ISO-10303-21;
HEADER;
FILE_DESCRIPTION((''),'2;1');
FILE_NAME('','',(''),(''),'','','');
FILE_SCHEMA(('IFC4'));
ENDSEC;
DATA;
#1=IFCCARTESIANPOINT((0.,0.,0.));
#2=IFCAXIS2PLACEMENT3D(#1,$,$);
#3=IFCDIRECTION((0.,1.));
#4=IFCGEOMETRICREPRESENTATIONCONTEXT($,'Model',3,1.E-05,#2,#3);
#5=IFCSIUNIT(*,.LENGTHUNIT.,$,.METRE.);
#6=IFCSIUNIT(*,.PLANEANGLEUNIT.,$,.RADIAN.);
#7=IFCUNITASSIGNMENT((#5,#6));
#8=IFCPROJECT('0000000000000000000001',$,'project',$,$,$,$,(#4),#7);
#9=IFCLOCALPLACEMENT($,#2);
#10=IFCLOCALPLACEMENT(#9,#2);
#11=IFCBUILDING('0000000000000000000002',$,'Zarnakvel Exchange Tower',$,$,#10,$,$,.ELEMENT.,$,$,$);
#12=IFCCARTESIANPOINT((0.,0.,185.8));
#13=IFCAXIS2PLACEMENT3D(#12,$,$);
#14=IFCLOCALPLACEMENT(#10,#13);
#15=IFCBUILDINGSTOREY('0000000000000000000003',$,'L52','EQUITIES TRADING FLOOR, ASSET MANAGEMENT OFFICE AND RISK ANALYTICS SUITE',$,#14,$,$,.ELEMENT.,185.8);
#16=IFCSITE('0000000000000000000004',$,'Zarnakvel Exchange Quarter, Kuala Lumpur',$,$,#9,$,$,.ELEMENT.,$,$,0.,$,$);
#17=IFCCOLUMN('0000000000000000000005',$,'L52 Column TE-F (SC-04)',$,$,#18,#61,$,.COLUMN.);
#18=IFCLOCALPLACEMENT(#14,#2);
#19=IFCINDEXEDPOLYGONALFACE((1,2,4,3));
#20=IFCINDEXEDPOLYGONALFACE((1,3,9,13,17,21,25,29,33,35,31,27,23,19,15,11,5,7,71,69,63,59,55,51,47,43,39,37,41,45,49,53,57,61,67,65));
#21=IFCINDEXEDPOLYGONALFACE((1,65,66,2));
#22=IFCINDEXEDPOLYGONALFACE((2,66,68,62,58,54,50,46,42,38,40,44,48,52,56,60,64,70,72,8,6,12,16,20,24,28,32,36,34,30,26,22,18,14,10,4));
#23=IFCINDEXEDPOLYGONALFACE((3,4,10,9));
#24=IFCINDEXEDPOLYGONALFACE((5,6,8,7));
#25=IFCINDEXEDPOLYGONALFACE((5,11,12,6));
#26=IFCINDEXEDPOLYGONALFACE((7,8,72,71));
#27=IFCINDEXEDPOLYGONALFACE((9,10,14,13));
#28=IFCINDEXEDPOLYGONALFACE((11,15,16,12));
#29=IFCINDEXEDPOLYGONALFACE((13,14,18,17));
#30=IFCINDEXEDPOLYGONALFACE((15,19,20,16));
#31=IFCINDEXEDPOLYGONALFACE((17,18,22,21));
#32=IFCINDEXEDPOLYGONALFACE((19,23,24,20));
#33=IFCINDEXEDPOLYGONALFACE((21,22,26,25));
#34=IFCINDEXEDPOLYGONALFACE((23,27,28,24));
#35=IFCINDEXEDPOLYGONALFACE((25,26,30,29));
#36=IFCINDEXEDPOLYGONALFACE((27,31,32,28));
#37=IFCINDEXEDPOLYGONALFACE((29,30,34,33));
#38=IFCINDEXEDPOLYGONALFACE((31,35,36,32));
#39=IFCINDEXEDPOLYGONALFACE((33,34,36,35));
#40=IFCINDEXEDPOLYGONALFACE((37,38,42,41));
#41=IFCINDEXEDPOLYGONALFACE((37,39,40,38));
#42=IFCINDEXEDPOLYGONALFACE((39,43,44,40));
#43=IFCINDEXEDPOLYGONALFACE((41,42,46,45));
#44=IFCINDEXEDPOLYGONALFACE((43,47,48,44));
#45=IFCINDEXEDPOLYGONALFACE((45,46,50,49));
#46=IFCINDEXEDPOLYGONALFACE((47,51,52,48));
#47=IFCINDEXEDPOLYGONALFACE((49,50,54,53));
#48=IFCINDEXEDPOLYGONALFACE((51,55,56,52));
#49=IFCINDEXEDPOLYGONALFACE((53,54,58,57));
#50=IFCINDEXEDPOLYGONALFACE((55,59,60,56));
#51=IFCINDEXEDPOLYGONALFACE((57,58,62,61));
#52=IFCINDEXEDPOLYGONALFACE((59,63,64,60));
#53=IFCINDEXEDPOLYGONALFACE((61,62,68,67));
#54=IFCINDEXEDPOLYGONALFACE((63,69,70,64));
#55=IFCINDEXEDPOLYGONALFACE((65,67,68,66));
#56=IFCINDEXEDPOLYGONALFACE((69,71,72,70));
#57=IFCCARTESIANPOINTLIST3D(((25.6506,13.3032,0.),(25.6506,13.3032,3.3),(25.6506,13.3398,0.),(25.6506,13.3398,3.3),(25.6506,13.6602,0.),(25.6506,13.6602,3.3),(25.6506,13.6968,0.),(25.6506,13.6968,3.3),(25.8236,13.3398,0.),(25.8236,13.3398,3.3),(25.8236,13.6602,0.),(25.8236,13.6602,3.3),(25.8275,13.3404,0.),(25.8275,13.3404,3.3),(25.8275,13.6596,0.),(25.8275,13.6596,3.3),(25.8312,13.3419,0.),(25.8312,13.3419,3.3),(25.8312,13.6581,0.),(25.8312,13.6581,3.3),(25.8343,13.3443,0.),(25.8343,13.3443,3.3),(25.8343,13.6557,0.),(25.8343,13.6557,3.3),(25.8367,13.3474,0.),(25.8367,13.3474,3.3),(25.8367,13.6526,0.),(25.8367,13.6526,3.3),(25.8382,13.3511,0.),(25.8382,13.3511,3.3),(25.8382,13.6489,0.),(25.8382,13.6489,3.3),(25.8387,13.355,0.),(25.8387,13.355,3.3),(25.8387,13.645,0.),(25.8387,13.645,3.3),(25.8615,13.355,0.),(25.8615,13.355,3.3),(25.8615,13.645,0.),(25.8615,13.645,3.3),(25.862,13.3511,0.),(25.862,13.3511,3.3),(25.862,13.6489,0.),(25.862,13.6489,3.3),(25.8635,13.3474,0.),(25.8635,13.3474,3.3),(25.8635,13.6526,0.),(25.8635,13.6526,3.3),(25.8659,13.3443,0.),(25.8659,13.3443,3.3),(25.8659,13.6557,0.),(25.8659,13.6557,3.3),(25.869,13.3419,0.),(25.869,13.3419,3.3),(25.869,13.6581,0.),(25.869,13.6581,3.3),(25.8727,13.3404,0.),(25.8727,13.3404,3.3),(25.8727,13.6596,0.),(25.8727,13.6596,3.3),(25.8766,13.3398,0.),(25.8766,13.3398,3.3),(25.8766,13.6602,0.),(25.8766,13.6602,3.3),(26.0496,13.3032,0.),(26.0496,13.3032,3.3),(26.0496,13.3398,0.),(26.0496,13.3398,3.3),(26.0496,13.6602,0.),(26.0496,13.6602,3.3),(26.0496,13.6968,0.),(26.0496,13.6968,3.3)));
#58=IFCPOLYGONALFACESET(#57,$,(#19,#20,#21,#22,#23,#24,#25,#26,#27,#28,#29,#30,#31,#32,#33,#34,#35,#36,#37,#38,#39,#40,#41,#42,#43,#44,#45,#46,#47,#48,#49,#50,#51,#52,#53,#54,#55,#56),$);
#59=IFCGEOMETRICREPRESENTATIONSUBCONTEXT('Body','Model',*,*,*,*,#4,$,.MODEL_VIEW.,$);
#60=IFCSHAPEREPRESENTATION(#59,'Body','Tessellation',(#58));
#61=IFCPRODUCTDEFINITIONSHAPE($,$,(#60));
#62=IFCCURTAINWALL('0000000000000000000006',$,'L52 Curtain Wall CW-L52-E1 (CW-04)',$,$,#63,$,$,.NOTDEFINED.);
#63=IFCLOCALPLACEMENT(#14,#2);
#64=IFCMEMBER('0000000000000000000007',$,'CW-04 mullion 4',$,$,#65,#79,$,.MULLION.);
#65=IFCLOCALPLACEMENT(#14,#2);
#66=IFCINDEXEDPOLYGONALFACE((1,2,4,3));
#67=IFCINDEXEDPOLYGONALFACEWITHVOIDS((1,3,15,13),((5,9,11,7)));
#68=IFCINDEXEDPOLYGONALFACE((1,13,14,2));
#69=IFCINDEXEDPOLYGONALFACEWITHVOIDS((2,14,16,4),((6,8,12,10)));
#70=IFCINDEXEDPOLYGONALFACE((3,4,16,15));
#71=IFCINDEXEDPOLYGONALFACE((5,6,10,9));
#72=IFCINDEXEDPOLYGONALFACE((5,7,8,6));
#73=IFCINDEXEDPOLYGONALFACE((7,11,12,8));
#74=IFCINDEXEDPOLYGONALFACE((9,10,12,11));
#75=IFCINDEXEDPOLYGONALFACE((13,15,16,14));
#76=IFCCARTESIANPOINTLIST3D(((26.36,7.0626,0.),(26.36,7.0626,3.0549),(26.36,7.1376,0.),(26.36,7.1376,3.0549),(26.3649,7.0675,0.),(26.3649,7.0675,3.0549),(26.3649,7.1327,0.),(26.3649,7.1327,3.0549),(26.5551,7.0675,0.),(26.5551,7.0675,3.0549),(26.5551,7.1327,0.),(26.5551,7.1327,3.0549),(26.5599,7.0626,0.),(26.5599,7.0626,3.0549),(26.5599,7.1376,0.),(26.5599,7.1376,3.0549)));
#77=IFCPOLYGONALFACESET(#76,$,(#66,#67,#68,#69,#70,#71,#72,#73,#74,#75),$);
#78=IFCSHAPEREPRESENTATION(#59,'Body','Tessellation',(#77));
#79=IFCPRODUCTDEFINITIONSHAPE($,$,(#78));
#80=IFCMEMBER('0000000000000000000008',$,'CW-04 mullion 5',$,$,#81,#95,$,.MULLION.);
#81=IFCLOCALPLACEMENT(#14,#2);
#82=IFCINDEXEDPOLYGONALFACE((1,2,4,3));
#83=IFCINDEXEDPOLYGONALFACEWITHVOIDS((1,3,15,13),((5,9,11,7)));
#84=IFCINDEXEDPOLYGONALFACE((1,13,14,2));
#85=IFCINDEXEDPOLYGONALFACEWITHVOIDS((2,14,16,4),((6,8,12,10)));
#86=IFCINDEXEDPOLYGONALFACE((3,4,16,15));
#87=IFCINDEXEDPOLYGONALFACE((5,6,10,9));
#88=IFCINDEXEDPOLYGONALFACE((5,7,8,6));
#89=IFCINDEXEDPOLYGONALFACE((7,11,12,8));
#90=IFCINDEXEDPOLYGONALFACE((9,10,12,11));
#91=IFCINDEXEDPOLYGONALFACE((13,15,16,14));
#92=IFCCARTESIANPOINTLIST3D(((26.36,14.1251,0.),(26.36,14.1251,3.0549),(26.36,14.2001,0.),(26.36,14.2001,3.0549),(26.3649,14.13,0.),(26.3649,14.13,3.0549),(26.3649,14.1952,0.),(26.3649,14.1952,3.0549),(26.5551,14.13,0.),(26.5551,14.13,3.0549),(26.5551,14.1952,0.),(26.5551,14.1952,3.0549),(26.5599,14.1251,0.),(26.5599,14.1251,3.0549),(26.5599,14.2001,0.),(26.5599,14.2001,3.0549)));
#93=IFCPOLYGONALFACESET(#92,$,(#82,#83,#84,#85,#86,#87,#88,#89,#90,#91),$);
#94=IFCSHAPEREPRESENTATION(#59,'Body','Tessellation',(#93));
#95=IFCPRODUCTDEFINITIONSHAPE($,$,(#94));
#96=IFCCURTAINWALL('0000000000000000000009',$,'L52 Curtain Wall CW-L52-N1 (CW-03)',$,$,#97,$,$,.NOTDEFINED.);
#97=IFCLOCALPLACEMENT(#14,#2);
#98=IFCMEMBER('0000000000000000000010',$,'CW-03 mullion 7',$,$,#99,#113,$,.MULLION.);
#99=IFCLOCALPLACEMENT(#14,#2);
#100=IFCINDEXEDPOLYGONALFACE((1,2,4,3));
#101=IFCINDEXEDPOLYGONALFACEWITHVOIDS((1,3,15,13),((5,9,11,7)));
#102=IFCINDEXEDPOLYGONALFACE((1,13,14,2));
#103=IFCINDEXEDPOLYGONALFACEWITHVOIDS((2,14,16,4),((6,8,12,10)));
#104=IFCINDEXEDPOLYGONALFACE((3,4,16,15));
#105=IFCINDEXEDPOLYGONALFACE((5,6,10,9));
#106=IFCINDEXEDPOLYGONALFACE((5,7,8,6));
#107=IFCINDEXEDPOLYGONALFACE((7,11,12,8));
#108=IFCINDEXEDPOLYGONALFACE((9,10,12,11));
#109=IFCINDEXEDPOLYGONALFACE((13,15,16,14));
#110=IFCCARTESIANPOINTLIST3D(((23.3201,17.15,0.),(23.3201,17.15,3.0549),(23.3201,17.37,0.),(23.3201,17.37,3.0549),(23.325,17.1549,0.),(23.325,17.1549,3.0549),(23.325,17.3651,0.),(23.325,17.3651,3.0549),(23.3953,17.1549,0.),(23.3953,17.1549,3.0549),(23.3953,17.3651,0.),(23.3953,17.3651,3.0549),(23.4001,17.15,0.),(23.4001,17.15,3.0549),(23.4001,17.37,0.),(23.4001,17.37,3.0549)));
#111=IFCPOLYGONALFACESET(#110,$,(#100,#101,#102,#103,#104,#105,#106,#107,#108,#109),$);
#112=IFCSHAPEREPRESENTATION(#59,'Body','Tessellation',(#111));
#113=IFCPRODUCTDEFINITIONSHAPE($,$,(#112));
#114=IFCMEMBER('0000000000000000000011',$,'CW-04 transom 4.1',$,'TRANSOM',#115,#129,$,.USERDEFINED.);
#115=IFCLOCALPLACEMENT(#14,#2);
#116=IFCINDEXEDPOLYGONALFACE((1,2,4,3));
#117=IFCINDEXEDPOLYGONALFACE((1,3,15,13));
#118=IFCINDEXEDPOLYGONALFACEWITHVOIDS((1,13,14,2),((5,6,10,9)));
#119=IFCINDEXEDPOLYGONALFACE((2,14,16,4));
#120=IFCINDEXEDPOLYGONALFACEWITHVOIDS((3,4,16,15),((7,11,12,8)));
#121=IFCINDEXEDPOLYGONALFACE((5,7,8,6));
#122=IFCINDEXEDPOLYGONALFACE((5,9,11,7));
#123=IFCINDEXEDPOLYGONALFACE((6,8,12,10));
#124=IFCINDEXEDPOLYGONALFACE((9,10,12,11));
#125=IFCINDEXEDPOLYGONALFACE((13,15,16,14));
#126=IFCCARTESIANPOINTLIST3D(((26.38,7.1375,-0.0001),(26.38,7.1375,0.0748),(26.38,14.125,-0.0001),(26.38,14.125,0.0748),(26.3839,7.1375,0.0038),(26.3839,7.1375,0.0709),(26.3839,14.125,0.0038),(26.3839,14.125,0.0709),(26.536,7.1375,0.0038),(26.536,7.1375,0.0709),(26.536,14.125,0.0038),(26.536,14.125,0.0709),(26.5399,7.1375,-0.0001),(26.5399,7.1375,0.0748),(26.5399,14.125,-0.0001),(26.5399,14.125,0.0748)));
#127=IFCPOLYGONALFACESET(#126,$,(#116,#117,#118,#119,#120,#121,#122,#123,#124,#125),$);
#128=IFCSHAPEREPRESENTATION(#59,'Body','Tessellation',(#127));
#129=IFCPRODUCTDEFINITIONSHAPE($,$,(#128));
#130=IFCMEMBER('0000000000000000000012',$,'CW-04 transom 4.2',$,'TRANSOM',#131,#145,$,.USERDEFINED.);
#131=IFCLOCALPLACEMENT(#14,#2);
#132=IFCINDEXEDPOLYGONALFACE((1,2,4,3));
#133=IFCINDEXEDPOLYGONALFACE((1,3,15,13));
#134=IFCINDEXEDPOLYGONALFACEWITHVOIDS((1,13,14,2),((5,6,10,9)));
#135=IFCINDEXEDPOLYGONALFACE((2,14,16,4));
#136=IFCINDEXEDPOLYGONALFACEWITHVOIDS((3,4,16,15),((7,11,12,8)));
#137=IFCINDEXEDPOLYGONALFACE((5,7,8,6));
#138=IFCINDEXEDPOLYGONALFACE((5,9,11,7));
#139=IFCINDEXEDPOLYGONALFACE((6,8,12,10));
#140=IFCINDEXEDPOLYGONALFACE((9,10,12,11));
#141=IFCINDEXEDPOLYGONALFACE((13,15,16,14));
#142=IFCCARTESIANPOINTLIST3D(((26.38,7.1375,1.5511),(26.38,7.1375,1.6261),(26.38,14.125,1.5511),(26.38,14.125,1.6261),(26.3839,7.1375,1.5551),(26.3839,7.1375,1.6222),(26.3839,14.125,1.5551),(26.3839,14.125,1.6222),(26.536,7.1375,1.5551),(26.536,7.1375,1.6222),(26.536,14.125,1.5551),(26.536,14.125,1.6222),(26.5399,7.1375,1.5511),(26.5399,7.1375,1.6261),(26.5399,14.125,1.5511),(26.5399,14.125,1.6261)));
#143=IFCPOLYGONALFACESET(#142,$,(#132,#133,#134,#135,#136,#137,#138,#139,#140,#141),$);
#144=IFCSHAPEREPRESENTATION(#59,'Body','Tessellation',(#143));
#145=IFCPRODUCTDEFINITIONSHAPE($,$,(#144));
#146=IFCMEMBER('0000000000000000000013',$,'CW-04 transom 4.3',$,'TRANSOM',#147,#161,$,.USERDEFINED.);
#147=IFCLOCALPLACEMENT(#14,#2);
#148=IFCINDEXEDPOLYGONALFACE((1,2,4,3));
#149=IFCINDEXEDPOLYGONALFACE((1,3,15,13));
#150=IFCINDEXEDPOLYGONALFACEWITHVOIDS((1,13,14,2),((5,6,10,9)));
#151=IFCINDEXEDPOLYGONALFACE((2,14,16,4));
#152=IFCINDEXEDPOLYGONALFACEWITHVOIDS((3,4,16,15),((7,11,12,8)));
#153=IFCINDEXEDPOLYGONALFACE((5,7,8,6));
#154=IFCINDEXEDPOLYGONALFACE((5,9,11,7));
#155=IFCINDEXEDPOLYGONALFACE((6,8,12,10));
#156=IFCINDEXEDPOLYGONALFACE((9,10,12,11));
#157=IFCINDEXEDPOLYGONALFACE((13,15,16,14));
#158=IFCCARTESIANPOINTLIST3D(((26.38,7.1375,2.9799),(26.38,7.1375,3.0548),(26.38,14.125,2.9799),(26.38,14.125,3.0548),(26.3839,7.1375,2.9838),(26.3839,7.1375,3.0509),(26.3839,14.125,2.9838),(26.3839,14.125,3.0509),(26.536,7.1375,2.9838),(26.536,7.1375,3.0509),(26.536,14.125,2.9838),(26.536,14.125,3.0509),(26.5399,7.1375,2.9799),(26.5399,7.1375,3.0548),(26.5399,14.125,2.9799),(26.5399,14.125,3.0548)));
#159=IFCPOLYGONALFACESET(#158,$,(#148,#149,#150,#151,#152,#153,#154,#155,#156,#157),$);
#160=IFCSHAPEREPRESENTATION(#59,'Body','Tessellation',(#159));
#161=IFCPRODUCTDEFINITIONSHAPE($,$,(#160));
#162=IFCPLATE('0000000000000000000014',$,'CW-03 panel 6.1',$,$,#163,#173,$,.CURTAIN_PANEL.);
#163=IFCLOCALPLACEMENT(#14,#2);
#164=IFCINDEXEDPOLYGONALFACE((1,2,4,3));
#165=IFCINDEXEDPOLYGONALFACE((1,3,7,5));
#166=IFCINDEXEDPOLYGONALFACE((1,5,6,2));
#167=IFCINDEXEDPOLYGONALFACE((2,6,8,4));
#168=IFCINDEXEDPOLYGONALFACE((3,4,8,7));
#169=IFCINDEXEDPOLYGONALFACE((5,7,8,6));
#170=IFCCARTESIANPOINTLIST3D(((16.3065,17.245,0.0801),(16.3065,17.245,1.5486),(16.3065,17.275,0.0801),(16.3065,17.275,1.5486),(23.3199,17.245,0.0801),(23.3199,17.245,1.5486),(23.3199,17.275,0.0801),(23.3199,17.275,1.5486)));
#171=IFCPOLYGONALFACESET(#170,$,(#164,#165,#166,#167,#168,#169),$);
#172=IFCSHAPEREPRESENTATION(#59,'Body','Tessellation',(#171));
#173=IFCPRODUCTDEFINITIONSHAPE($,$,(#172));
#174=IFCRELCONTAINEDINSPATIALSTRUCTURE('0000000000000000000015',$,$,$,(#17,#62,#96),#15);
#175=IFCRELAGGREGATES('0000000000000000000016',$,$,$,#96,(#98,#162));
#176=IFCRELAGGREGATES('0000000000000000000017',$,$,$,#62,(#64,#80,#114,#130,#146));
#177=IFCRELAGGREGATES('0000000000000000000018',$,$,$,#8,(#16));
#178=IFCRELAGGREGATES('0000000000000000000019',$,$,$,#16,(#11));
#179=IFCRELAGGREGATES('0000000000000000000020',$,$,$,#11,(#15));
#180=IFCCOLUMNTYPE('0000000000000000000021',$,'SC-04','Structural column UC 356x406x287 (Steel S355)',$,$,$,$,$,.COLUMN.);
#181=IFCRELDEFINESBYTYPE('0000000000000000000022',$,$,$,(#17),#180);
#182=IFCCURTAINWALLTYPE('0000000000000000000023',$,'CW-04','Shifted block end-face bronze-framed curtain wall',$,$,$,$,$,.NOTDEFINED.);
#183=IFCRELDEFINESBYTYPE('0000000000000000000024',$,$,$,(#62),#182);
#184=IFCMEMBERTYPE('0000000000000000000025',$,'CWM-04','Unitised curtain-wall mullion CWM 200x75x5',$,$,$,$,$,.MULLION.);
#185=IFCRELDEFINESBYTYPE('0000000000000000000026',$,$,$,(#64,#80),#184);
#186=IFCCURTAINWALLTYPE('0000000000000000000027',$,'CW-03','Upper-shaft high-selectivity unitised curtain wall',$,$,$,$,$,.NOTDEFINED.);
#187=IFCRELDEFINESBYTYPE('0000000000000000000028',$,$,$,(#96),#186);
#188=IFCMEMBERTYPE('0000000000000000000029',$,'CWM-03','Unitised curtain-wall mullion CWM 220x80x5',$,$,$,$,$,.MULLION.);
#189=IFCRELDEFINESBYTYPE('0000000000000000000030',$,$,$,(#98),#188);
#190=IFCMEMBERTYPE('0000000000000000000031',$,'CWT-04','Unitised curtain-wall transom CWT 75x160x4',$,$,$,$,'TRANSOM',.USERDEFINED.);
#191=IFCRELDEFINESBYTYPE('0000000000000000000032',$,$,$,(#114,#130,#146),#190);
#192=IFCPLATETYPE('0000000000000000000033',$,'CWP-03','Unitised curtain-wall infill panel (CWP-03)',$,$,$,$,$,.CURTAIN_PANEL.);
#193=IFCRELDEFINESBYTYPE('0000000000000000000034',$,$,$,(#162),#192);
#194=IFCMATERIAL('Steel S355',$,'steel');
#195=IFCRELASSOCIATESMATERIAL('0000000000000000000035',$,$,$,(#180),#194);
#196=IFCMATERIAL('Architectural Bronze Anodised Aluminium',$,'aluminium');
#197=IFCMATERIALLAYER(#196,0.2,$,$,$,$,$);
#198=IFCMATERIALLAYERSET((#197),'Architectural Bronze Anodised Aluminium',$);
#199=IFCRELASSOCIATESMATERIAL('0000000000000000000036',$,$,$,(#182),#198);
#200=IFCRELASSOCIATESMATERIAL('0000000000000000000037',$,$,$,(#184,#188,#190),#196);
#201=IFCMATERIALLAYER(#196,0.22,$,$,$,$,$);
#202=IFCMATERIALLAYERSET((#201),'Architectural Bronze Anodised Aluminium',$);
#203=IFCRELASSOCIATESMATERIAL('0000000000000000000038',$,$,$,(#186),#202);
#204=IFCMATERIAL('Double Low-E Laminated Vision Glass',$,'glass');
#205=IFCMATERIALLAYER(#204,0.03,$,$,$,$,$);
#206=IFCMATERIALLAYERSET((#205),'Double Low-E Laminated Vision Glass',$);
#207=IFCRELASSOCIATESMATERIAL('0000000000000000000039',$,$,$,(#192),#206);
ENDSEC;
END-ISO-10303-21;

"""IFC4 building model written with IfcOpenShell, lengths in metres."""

from ifc_helpers import new_model, si_unit, direction, frame, origin, origin_2d, place, context, subcontext, project, spatial, rectangle, hollow_rectangle, i_section, extrude, source, transform, mapped, material, layer, layer_set, material_profile, profile_set, type_object, element, aggregate, save


model = new_model("IFC4")

# Units and contexts
model_context = context("Model", 3, precision=1e-05, world=origin(), true_north=direction((0.0, 1.0)))
body_context = subcontext(model_context, "Body", "Model", "MODEL_VIEW")
ifc_project = project(units=[si_unit("LENGTHUNIT", "METRE"), si_unit("PLANEANGLEUNIT", "RADIAN")], contexts=[model_context])

# Site, building, storey
site_placement = place(None, origin())
site = spatial("IfcSite", under=ifc_project, at=site_placement, Name="Zarnakvel Exchange Quarter, Kuala Lumpur", CompositionType="ELEMENT", RefElevation=0.0)
building_placement = place(site_placement, origin())
building = spatial("IfcBuilding", under=site, at=building_placement, Name="Zarnakvel Exchange Tower", CompositionType="ELEMENT")
storey_placement = place(building_placement, frame((0.0, 0.0, 185.8)))
storey = spatial("IfcBuildingStorey", under=building, at=storey_placement, Name="L52", Description="EQUITIES TRADING FLOOR, ASSET MANAGEMENT OFFICE AND RISK ANALYTICS SUITE", CompositionType="ELEMENT", Elevation=185.8)

# Column
ifc_material_1 = material(Name="Steel S355", Category="steel")
ifc_material_profile_1 = material_profile(ifc_material_1, i_section(OverallWidth=0.3989, OverallDepth=0.3936, WebThickness=0.0227, FlangeThickness=0.0366, FilletRadius=0.0151, at=origin_2d()))
ifc_profile_set_1 = profile_set([ifc_material_profile_1], Name="Steel S355")
column_type = type_object("IfcColumnType", Name="SC-04", Description="Structural column UC 356x406x287 (Steel S355)", PredefinedType="COLUMN", material=ifc_profile_set_1)
column_placement = place(storey_placement, frame((25.8501, 13.5, 0.0), z_axis=(0.0, 0.0, 1.0), x_axis=(1.0, 0.0, 0.0)))
element("IfcColumn", 1, at=column_placement, inside=storey, type_object=column_type, Name="L52 Column TE-F (SC-04)", PredefinedType="COLUMN", context=body_context, shape_type="SweptSolid", body=[
    extrude(i_section(OverallWidth=0.3989, OverallDepth=0.3936, WebThickness=0.0227, FlangeThickness=0.0366, FilletRadius=0.0151, at=origin_2d()), origin(), (0.0, 0.0, 1.0), 3.3),
])

# Curtain wall, members
ifc_material_2 = material(Name="Architectural Bronze Anodised Aluminium", Category="aluminium")
ifc_layer_1 = layer(ifc_material_2, 0.2)
ifc_layer_set_1 = layer_set([ifc_layer_1], Name="Architectural Bronze Anodised Aluminium")
curtain_wall_type_1 = type_object("IfcCurtainWallType", Name="CW-04", Description="Shifted block end-face bronze-framed curtain wall", PredefinedType="NOTDEFINED", material=ifc_layer_set_1)
curtain_wall_1_placement = place(storey_placement, origin())
curtain_wall_1 = element("IfcCurtainWall", 2, at=curtain_wall_1_placement, inside=storey, type_object=curtain_wall_type_1, Name="L52 Curtain Wall CW-L52-E1 (CW-04)", PredefinedType="NOTDEFINED")
ifc_material_profile_2 = material_profile(ifc_material_2, hollow_rectangle(XDim=0.2, YDim=0.075, WallThickness=0.0049, at=origin_2d()))
ifc_profile_set_2 = profile_set([ifc_material_profile_2], Name="Architectural Bronze Anodised Aluminium")
member_type_1 = type_object("IfcMemberType", Name="CWM-04", Description="Unitised curtain-wall mullion CWM 200x75x5", PredefinedType="MULLION", material=ifc_profile_set_2)
shared_shape_1 = source(origin(), body_context, "Body", "SweptSolid", [
    extrude(hollow_rectangle(XDim=0.2, YDim=0.075, WallThickness=0.0049, at=origin_2d()), origin(), (0.0, 0.0, 1.0), 3.0549),
])
member_1_placement = place(storey_placement, frame((26.46, 7.1001, 0.0), z_axis=(0.0, 0.0, 1.0), x_axis=(-1.0, 0.0, 0.0)))
member_1 = element("IfcMember", 3, at=member_1_placement, type_object=member_type_1, Name="CW-04 mullion 4", PredefinedType="MULLION", context=body_context, shape_type="MappedRepresentation", body=[
    mapped(shared_shape_1, transform((0.0, 0.0, 0.0), x_axis=(1.0, 0.0, 0.0), y_axis=(0.0, 1.0, 0.0), z_axis=(0.0, 0.0, 1.0), scale=1.0)),
])
member_2_placement = place(storey_placement, frame((26.46, 14.1626, 0.0), z_axis=(0.0, 0.0, 1.0), x_axis=(-1.0, 0.0, 0.0)))
member_2 = element("IfcMember", 4, at=member_2_placement, type_object=member_type_1, Name="CW-04 mullion 5", PredefinedType="MULLION", context=body_context, shape_type="MappedRepresentation", body=[
    mapped(shared_shape_1, transform((0.0, 0.0, 0.0), x_axis=(1.0, 0.0, 0.0), y_axis=(0.0, 1.0, 0.0), z_axis=(0.0, 0.0, 1.0), scale=1.0)),
])

# Curtain wall, member
ifc_layer_2 = layer(ifc_material_2, 0.22)
ifc_layer_set_2 = layer_set([ifc_layer_2], Name="Architectural Bronze Anodised Aluminium")
curtain_wall_type_2 = type_object("IfcCurtainWallType", Name="CW-03", Description="Upper-shaft high-selectivity unitised curtain wall", PredefinedType="NOTDEFINED", material=ifc_layer_set_2)
curtain_wall_2_placement = place(storey_placement, origin())
curtain_wall_2 = element("IfcCurtainWall", 5, at=curtain_wall_2_placement, inside=storey, type_object=curtain_wall_type_2, Name="L52 Curtain Wall CW-L52-N1 (CW-03)", PredefinedType="NOTDEFINED")
ifc_material_profile_3 = material_profile(ifc_material_2, hollow_rectangle(XDim=0.22, YDim=0.0801, WallThickness=0.0049, at=origin_2d()))
ifc_profile_set_3 = profile_set([ifc_material_profile_3], Name="Architectural Bronze Anodised Aluminium")
member_type_2 = type_object("IfcMemberType", Name="CWM-03", Description="Unitised curtain-wall mullion CWM 220x80x5", PredefinedType="MULLION", material=ifc_profile_set_3)
shared_shape_2 = source(origin(), body_context, "Body", "SweptSolid", [
    extrude(hollow_rectangle(XDim=0.22, YDim=0.0801, WallThickness=0.0049, at=origin_2d()), origin(), (0.0, 0.0, 1.0), 3.0549),
])
member_3_placement = place(storey_placement, frame((23.3601, 17.26, 0.0), z_axis=(0.0, 0.0, 1.0), x_axis=(0.0, 1.0, 0.0)))
member_3 = element("IfcMember", 6, at=member_3_placement, type_object=member_type_2, Name="CW-03 mullion 7", PredefinedType="MULLION", context=body_context, shape_type="MappedRepresentation", body=[
    mapped(shared_shape_2, transform((0.0, 0.0, 0.0), x_axis=(1.0, 0.0, 0.0), y_axis=(0.0, 1.0, 0.0), z_axis=(0.0, 0.0, 1.0), scale=1.0)),
])

# Members
ifc_material_profile_4 = material_profile(ifc_material_2, hollow_rectangle(XDim=0.1599, YDim=0.075, WallThickness=0.0039, at=origin_2d()))
ifc_profile_set_4 = profile_set([ifc_material_profile_4], Name="Architectural Bronze Anodised Aluminium")
member_type_3 = type_object("IfcMemberType", Name="CWT-04", Description="Unitised curtain-wall transom CWT 75x160x4", ElementType="TRANSOM", PredefinedType="USERDEFINED", material=ifc_profile_set_4)
shared_shape_3 = source(origin(), body_context, "Body", "SweptSolid", [
    extrude(hollow_rectangle(XDim=0.1599, YDim=0.075, WallThickness=0.0039, at=origin_2d()), origin(), (0.0, 0.0, 1.0), 6.9875),
])
member_4_placement = place(storey_placement, frame((26.46, 7.1375, 0.0374), z_axis=(0.0, 1.0, 0.0), x_axis=(-1.0, 0.0, 0.0)))
member_4 = element("IfcMember", 7, at=member_4_placement, type_object=member_type_3, Name="CW-04 transom 4.1", ObjectType="TRANSOM", PredefinedType="USERDEFINED", context=body_context, shape_type="MappedRepresentation", body=[
    mapped(shared_shape_3, transform((0.0, 0.0, 0.0), x_axis=(1.0, 0.0, 0.0), y_axis=(0.0, 1.0, 0.0), z_axis=(0.0, 0.0, 1.0), scale=1.0)),
])
member_5_placement = place(storey_placement, frame((26.46, 7.1375, 1.5886), z_axis=(0.0, 1.0, 0.0), x_axis=(-1.0, 0.0, 0.0)))
member_5 = element("IfcMember", 8, at=member_5_placement, type_object=member_type_3, Name="CW-04 transom 4.2", ObjectType="TRANSOM", PredefinedType="USERDEFINED", context=body_context, shape_type="MappedRepresentation", body=[
    mapped(shared_shape_3, transform((0.0, 0.0, 0.0), x_axis=(1.0, 0.0, 0.0), y_axis=(0.0, 1.0, 0.0), z_axis=(0.0, 0.0, 1.0), scale=1.0)),
])
member_6_placement = place(storey_placement, frame((26.46, 7.1375, 3.0173), z_axis=(0.0, 1.0, 0.0), x_axis=(-1.0, 0.0, 0.0)))
member_6 = element("IfcMember", 9, at=member_6_placement, type_object=member_type_3, Name="CW-04 transom 4.3", ObjectType="TRANSOM", PredefinedType="USERDEFINED", context=body_context, shape_type="MappedRepresentation", body=[
    mapped(shared_shape_3, transform((0.0, 0.0, 0.0), x_axis=(1.0, 0.0, 0.0), y_axis=(0.0, 1.0, 0.0), z_axis=(0.0, 0.0, 1.0), scale=1.0)),
])

# Plate
ifc_material_3 = material(Name="Double Low-E Laminated Vision Glass", Category="glass")
ifc_layer_3 = layer(ifc_material_3, 0.03)
ifc_layer_set_3 = layer_set([ifc_layer_3], Name="Double Low-E Laminated Vision Glass")
plate_type_1 = type_object("IfcPlateType", Name="CWP-03", Description="Unitised curtain-wall infill panel (CWP-03)", PredefinedType="CURTAIN_PANEL", material=ifc_layer_set_3)
shared_shape_4 = source(origin(), body_context, "Body", "SweptSolid", [
    extrude(rectangle(XDim=7.0134, YDim=0.03, at=origin_2d()), origin(), (0.0, 0.0, 1.0), 1.4685),
])
plate_1_placement = place(storey_placement, frame((19.8132, 17.26, 0.0801), z_axis=(0.0, 0.0, 1.0), x_axis=(1.0, 0.0, 0.0)))
plate_1 = element("IfcPlate", 10, at=plate_1_placement, type_object=plate_type_1, Name="CW-03 panel 6.1", PredefinedType="CURTAIN_PANEL", context=body_context, shape_type="MappedRepresentation", body=[
    mapped(shared_shape_4, transform((0.0, 0.0, 0.0), x_axis=(1.0, 0.0, 0.0), y_axis=(0.0, 1.0, 0.0), z_axis=(0.0, 0.0, 1.0), scale=1.0)),
])
aggregate(curtain_wall_2, [member_3, plate_1])
aggregate(curtain_wall_1, [member_1, member_2, member_4, member_5, member_6])

save(model, "model.ifc")
